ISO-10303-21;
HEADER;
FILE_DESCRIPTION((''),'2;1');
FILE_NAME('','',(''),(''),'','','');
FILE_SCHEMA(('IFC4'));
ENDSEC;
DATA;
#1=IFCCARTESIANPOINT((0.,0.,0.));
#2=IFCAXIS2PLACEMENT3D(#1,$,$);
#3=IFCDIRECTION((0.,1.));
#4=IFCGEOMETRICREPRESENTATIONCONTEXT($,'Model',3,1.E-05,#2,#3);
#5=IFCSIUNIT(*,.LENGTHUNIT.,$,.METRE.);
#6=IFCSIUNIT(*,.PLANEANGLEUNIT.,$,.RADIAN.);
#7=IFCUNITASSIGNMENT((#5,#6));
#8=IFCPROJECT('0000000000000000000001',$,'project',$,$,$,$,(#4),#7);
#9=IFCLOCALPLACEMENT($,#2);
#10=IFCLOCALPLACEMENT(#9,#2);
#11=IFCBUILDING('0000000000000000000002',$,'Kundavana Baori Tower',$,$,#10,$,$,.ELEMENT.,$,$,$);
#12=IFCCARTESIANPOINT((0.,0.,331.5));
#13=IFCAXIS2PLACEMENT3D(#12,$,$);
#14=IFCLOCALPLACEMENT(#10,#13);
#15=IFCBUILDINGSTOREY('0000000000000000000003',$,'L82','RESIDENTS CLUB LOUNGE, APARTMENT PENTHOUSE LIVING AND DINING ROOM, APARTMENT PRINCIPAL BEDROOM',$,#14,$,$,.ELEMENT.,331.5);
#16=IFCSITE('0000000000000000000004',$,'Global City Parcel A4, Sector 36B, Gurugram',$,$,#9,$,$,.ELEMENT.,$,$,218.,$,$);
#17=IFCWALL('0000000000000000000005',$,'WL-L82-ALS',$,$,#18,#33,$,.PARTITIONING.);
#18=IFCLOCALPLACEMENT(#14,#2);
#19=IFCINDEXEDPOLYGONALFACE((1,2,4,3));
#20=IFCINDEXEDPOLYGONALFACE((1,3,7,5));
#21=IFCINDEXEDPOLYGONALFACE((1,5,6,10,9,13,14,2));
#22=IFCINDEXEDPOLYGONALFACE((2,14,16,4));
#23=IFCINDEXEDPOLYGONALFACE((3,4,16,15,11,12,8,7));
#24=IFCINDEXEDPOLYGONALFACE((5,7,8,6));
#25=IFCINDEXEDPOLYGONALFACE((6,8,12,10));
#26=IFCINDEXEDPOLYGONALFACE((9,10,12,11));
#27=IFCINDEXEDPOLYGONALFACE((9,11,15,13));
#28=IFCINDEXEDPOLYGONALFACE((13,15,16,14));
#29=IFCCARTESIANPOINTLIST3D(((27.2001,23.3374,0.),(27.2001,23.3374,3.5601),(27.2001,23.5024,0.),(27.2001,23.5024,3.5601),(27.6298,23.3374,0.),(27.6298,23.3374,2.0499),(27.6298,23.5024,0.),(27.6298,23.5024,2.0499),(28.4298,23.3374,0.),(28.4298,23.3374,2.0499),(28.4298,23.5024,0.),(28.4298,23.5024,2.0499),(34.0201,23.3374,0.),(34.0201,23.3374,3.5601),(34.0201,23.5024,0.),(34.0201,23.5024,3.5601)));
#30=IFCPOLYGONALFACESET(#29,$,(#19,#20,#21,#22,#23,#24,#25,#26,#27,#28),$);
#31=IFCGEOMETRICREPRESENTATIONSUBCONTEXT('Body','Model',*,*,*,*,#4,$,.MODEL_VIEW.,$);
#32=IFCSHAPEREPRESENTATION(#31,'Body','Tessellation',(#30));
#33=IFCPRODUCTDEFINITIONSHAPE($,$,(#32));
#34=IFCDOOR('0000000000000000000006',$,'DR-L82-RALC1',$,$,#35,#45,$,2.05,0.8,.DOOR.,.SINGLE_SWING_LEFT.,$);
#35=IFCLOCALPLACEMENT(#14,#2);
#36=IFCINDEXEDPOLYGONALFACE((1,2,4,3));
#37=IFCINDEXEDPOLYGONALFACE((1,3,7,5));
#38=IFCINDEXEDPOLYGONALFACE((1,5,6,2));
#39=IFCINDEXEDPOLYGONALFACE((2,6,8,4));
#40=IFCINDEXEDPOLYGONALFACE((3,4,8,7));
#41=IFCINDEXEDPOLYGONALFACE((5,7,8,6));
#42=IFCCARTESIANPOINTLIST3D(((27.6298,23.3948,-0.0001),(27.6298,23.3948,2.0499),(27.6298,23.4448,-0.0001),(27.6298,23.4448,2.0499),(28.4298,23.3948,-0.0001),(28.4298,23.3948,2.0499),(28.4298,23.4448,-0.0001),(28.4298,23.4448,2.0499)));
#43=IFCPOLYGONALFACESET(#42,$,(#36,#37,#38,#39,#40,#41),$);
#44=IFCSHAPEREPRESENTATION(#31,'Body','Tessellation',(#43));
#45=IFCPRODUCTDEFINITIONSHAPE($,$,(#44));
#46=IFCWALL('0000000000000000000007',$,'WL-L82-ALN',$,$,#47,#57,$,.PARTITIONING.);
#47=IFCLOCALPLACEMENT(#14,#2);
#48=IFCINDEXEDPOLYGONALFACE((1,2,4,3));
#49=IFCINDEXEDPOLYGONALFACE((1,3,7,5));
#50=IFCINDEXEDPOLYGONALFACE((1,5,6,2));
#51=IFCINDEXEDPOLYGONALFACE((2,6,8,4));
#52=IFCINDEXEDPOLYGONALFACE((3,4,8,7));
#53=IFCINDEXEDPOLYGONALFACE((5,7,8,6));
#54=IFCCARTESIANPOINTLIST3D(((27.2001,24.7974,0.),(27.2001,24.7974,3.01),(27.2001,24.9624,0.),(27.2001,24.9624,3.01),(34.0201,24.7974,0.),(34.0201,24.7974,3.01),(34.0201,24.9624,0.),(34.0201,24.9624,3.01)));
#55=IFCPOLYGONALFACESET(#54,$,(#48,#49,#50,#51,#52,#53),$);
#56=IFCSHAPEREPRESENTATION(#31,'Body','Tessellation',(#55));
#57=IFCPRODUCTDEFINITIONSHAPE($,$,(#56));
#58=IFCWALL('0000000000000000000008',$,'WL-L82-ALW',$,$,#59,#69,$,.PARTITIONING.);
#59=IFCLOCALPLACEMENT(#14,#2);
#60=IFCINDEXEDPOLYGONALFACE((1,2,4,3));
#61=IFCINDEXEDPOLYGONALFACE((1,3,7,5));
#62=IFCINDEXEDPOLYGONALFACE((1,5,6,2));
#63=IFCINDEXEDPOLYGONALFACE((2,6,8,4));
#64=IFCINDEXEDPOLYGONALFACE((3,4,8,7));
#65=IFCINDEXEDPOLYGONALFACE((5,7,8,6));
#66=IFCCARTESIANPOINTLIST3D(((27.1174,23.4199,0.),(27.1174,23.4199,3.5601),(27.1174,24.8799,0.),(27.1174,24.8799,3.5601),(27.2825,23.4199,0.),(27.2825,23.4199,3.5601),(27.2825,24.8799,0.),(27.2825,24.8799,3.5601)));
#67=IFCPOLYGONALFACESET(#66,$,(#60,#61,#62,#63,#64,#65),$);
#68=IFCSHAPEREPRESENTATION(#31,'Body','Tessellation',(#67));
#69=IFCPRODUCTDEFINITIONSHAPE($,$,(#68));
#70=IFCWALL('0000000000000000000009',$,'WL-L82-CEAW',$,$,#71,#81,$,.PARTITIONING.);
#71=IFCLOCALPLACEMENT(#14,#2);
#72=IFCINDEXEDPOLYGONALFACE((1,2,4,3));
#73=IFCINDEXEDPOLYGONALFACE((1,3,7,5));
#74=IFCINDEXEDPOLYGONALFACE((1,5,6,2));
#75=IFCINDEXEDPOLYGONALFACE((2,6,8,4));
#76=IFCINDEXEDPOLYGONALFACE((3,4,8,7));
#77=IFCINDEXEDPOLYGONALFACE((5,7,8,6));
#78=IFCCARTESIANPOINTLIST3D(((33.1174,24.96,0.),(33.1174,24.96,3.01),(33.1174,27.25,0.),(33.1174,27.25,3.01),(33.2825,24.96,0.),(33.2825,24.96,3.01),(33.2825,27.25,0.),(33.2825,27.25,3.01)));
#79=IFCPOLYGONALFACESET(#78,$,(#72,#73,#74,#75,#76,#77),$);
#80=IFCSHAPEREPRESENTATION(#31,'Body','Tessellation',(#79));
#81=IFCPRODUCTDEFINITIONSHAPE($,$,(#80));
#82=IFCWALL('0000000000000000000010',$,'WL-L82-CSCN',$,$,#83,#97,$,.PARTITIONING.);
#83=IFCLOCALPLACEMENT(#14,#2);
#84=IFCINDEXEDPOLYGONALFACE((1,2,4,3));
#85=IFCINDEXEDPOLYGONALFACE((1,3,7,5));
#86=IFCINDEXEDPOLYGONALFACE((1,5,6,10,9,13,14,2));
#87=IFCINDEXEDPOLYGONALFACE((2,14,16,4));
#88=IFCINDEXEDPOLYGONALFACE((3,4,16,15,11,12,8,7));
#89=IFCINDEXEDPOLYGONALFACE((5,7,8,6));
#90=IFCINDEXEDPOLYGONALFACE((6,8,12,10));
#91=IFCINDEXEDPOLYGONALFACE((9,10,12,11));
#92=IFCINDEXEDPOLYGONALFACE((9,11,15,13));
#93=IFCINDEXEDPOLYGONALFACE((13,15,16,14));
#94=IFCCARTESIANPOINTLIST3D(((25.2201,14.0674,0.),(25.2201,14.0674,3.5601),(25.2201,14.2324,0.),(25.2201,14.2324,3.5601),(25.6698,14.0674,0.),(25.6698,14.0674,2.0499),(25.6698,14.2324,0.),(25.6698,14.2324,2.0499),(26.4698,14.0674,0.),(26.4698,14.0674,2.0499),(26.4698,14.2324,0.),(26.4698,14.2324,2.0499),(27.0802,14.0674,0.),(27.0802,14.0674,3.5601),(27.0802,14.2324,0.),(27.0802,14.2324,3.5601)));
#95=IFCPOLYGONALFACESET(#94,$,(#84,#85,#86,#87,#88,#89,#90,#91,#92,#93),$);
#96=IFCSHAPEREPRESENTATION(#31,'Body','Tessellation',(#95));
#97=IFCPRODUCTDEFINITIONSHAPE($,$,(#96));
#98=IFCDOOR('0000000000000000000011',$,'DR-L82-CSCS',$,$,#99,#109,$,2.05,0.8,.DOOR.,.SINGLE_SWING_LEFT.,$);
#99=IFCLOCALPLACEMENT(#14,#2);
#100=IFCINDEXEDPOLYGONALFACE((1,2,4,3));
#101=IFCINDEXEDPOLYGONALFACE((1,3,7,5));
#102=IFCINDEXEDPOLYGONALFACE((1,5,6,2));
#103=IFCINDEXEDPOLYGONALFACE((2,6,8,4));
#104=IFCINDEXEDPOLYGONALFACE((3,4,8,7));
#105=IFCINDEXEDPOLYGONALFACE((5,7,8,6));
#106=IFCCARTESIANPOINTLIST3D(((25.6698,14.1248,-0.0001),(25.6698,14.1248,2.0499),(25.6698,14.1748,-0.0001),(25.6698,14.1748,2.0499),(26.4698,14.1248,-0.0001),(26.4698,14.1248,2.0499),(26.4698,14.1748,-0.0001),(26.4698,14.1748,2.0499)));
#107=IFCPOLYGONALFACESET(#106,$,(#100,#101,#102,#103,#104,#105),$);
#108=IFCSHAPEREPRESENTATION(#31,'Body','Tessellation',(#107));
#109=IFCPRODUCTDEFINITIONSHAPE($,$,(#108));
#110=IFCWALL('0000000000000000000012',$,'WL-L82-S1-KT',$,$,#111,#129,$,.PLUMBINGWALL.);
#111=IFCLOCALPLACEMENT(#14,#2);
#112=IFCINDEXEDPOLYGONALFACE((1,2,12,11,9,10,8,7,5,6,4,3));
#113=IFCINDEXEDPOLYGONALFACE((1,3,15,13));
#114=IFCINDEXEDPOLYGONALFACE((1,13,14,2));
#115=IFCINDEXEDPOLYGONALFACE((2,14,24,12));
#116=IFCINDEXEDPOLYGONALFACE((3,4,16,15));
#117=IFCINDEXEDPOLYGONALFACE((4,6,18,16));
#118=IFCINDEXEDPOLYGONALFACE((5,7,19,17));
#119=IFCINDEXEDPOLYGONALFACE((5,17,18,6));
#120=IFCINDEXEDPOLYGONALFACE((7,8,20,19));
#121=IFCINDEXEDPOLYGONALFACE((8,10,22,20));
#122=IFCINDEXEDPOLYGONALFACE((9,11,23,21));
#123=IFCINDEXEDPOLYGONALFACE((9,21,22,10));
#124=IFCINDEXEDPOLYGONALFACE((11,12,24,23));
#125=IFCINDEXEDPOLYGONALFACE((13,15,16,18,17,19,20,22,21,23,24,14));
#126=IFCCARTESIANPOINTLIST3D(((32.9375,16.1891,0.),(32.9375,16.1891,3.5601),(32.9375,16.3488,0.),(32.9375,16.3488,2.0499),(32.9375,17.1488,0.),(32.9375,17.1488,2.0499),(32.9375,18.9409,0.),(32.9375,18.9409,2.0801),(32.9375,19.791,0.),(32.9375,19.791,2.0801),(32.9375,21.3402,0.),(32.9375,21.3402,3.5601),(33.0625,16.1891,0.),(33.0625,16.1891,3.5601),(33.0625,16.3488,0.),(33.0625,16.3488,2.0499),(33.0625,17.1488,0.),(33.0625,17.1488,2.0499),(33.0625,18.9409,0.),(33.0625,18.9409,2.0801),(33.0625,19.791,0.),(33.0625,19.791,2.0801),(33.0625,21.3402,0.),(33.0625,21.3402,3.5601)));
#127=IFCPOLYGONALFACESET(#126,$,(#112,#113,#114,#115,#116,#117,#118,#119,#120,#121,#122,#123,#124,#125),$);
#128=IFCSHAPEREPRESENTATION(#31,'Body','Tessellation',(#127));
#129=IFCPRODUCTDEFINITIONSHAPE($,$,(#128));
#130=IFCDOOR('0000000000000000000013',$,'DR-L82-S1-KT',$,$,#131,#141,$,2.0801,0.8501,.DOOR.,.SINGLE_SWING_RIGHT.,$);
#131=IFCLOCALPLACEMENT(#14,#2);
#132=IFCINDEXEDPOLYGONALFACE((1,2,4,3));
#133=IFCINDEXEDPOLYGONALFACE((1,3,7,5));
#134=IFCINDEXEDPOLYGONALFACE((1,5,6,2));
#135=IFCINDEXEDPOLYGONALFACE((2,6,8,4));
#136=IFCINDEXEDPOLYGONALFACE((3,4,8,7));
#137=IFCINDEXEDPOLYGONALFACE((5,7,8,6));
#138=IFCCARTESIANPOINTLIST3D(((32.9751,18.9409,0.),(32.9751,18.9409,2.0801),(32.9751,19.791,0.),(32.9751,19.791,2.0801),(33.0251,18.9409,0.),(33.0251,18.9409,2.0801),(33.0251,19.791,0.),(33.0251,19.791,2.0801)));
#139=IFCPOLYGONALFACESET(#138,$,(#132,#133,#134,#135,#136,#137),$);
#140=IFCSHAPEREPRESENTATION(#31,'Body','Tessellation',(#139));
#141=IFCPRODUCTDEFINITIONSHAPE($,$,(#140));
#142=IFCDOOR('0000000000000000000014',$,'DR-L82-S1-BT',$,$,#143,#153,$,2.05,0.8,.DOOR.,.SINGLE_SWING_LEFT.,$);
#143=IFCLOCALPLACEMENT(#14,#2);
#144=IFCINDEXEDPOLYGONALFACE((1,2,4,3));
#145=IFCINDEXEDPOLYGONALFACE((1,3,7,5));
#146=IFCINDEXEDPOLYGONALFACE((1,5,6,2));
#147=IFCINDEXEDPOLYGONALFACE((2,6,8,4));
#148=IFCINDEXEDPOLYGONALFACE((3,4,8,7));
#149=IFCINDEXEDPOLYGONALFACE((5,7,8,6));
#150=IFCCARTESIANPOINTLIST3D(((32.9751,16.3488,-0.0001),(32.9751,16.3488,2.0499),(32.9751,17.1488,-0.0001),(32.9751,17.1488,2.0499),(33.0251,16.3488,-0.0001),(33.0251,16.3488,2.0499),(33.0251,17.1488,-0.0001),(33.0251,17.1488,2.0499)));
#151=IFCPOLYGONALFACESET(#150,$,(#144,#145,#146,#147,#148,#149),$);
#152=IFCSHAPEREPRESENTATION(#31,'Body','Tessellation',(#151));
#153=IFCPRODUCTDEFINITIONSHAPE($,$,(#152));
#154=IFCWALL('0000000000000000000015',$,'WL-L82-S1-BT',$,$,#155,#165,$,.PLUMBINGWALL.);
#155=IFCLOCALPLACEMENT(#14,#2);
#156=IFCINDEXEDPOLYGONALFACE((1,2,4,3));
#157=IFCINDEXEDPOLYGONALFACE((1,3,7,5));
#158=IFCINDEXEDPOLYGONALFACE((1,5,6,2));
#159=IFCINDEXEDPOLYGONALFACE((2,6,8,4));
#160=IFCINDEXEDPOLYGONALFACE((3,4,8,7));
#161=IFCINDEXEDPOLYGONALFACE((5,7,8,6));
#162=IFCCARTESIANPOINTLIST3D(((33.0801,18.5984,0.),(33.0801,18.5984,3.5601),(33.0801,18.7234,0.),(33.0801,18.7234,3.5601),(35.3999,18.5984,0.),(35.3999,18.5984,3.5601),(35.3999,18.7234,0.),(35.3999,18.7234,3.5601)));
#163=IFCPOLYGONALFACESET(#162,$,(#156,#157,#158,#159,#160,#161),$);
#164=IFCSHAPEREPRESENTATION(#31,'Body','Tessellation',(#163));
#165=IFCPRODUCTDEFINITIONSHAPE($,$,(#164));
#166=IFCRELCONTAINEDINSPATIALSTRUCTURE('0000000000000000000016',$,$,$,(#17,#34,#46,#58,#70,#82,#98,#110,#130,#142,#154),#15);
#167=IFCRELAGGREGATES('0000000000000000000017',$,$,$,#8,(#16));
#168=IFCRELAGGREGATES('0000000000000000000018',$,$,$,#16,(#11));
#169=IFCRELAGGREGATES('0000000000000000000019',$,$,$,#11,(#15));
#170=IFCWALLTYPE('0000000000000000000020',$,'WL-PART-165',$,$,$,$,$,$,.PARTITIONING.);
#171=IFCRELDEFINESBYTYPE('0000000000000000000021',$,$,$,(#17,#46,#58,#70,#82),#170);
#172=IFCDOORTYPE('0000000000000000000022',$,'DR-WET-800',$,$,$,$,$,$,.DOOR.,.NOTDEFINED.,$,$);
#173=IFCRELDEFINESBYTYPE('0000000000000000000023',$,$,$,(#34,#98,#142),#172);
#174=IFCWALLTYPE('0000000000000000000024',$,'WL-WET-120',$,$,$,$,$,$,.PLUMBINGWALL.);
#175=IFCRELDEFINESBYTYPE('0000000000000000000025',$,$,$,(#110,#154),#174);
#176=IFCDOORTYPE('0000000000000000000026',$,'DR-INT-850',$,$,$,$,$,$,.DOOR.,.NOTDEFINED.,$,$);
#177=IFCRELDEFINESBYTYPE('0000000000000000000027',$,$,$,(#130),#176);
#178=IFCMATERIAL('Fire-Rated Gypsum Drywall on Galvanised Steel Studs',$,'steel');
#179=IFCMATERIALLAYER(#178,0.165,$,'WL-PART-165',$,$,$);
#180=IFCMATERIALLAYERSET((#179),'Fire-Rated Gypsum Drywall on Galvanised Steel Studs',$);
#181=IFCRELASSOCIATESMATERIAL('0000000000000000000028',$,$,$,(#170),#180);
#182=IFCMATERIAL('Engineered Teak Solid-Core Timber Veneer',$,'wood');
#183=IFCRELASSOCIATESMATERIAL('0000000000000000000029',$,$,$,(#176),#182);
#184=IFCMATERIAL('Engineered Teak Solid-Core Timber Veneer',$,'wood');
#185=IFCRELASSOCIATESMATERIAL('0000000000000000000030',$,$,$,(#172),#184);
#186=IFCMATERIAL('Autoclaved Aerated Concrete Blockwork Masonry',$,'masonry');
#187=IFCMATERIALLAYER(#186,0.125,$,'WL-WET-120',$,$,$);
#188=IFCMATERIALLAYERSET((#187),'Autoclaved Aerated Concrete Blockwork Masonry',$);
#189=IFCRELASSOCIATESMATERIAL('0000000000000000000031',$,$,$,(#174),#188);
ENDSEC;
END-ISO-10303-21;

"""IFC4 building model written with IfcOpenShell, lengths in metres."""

from ifc_helpers import new_model, si_unit, direction, frame, frame_2d, origin, place, context, subcontext, project, spatial, rectangle, extrude, material, layer, layer_set, type_object, element, fill, save


model = new_model("IFC4")

# Units and contexts
model_context = context("Model", 3, precision=1e-05, world=origin(), true_north=direction((0.0, 1.0)))
body_context = subcontext(model_context, "Body", "Model", "MODEL_VIEW")
ifc_project = project(units=[si_unit("LENGTHUNIT", "METRE"), si_unit("PLANEANGLEUNIT", "RADIAN")], contexts=[model_context])

# Site, building, storey
site_placement = place(None, origin())
site = spatial("IfcSite", under=ifc_project, at=site_placement, Name="Global City Parcel A4, Sector 36B, Gurugram", CompositionType="ELEMENT", RefElevation=218.0)
building_placement = place(site_placement, origin())
building = spatial("IfcBuilding", under=site, at=building_placement, Name="Kundavana Baori Tower", CompositionType="ELEMENT")
storey_placement = place(building_placement, frame((0.0, 0.0, 331.5)))
storey = spatial("IfcBuildingStorey", under=building, at=storey_placement, Name="L82", Description="RESIDENTS CLUB LOUNGE, APARTMENT PENTHOUSE LIVING AND DINING ROOM, APARTMENT PRINCIPAL BEDROOM", CompositionType="ELEMENT", Elevation=331.5)

# Shared definitions
ifc_material_1 = material(Name="Fire-Rated Gypsum Drywall on Galvanised Steel Studs", Category="steel")
ifc_layer_1 = layer(ifc_material_1, 0.165, Name="WL-PART-165")
ifc_layer_set_1 = layer_set([ifc_layer_1], Name="Fire-Rated Gypsum Drywall on Galvanised Steel Studs")
wall_type_1 = type_object("IfcWallType", Name="WL-PART-165", PredefinedType="PARTITIONING", material=ifc_layer_set_1)

# Shared definitions
ifc_material_2 = material(Name="Engineered Teak Solid-Core Timber Veneer", Category="wood")
door_type_1 = type_object("IfcDoorType", Name="DR-INT-850", OperationType="NOTDEFINED", PredefinedType="DOOR", material=ifc_material_2)

# Wall, opening, door
wall_1_placement = place(storey_placement, frame((27.2, 23.4199, 0.0), z_axis=(0.0, 0.0, 1.0), x_axis=(1.0, 0.0, 0.0)))
wall_1 = element("IfcWall", 1, at=wall_1_placement, inside=storey, type_object=wall_type_1, Name="WL-L82-ALS", PredefinedType="PARTITIONING", context=body_context, shape_type="SweptSolid", body=[
    extrude(rectangle(XDim=6.8201, YDim=0.165, at=frame_2d((3.4102, 0.0))), origin(), (0.0, 0.0, 1.0), 3.5601),
])
opening_1_placement = place(wall_1_placement, frame((0.4299, 0.0, 0.0)))
opening_1 = element("IfcOpeningElement", 2, at=opening_1_placement, cuts=wall_1, PredefinedType="OPENING", context=body_context, shape_type="SweptSolid", body=[
    extrude(rectangle(XDim=0.8, YDim=2.05, at=frame_2d((0.3999, 1.0249))), frame((0.0, 0.0925, 0.0), z_axis=(0.0, -1.0, 0.0), x_axis=(1.0, 0.0, 0.0)), (0.0, 0.0, 1.0), 0.1851),
])
ifc_material_3 = material(Name="Engineered Teak Solid-Core Timber Veneer", Category="wood")
door_type_2 = type_object("IfcDoorType", Name="DR-WET-800", OperationType="NOTDEFINED", PredefinedType="DOOR", material=ifc_material_3)
door_1_placement = place(opening_1_placement, origin())
door_1 = element("IfcDoor", 3, at=door_1_placement, inside=storey, type_object=door_type_2, Name="DR-L82-RALC1", OperationType="SINGLE_SWING_LEFT", OverallHeight=2.05, OverallWidth=0.8, PredefinedType="DOOR", context=body_context, shape_type="SweptSolid", body=[
    extrude(rectangle(XDim=0.8, YDim=2.05, at=frame_2d((0.3999, 1.0249))), frame((0.0, 0.0249, 0.0), z_axis=(0.0, -1.0, 0.0), x_axis=(1.0, 0.0, 0.0)), (0.0, 0.0, 1.0), 0.05),
])
fill(opening_1, door_1)

# Walls
wall_2_placement = place(storey_placement, frame((27.2, 24.8799, 0.0), z_axis=(0.0, 0.0, 1.0), x_axis=(1.0, 0.0, 0.0)))
element("IfcWall", 4, at=wall_2_placement, inside=storey, type_object=wall_type_1, Name="WL-L82-ALN", PredefinedType="PARTITIONING", context=body_context, shape_type="SweptSolid", body=[
    extrude(rectangle(XDim=6.8201, YDim=0.165, at=frame_2d((3.4102, 0.0))), origin(), (0.0, 0.0, 1.0), 3.01),
])
wall_3_placement = place(storey_placement, frame((27.2, 23.4199, 0.0), z_axis=(0.0, 0.0, 1.0), x_axis=(0.0, 1.0, 0.0)))
element("IfcWall", 5, at=wall_3_placement, inside=storey, type_object=wall_type_1, Name="WL-L82-ALW", PredefinedType="PARTITIONING", context=body_context, shape_type="SweptSolid", body=[
    extrude(rectangle(XDim=1.46, YDim=0.165, at=frame_2d((0.73, 0.0))), origin(), (0.0, 0.0, 1.0), 3.5601),
])
wall_4_placement = place(storey_placement, frame((33.2, 24.96, 0.0), z_axis=(0.0, 0.0, 1.0), x_axis=(0.0, 1.0, 0.0)))
element("IfcWall", 6, at=wall_4_placement, inside=storey, type_object=wall_type_1, Name="WL-L82-CEAW", PredefinedType="PARTITIONING", context=body_context, shape_type="SweptSolid", body=[
    extrude(rectangle(XDim=2.29, YDim=0.165, at=frame_2d((1.145, 0.0))), origin(), (0.0, 0.0, 1.0), 3.01),
])

# Wall, opening, door
wall_5_placement = place(storey_placement, frame((25.22, 14.1499, 0.0), z_axis=(0.0, 0.0, 1.0), x_axis=(1.0, 0.0, 0.0)))
wall_5 = element("IfcWall", 7, at=wall_5_placement, inside=storey, type_object=wall_type_1, Name="WL-L82-CSCN", PredefinedType="PARTITIONING", context=body_context, shape_type="SweptSolid", body=[
    extrude(rectangle(XDim=1.8601, YDim=0.165, at=frame_2d((0.9302, 0.0))), origin(), (0.0, 0.0, 1.0), 3.5601),
])
opening_2_placement = place(wall_5_placement, frame((0.45, 0.0, 0.0)))
opening_2 = element("IfcOpeningElement", 8, at=opening_2_placement, cuts=wall_5, PredefinedType="OPENING", context=body_context, shape_type="SweptSolid", body=[
    extrude(rectangle(XDim=0.8, YDim=2.05, at=frame_2d((0.3999, 1.0249))), frame((0.0, 0.0925, 0.0), z_axis=(0.0, -1.0, 0.0), x_axis=(1.0, 0.0, 0.0)), (0.0, 0.0, 1.0), 0.1851),
])
door_2_placement = place(opening_2_placement, origin())
door_2 = element("IfcDoor", 9, at=door_2_placement, inside=storey, type_object=door_type_2, Name="DR-L82-CSCS", OperationType="SINGLE_SWING_LEFT", OverallHeight=2.05, OverallWidth=0.8, PredefinedType="DOOR", context=body_context, shape_type="SweptSolid", body=[
    extrude(rectangle(XDim=0.8, YDim=2.05, at=frame_2d((0.3999, 1.0249))), frame((0.0, 0.0249, 0.0), z_axis=(0.0, -1.0, 0.0), x_axis=(1.0, 0.0, 0.0)), (0.0, 0.0, 1.0), 0.05),
])
fill(opening_2, door_2)

# Wall, openings, doors
ifc_material_4 = material(Name="Autoclaved Aerated Concrete Blockwork Masonry", Category="masonry")
ifc_layer_2 = layer(ifc_material_4, 0.125, Name="WL-WET-120")
ifc_layer_set_2 = layer_set([ifc_layer_2], Name="Autoclaved Aerated Concrete Blockwork Masonry")
wall_type_2 = type_object("IfcWallType", Name="WL-WET-120", PredefinedType="PLUMBINGWALL", material=ifc_layer_set_2)
wall_6_placement = place(storey_placement, frame((33.0, 16.189, 0.0), z_axis=(0.0, 0.0, 1.0), x_axis=(0.0, 1.0, 0.0)))
wall_6 = element("IfcWall", 10, at=wall_6_placement, inside=storey, type_object=wall_type_2, Name="WL-L82-S1-KT", PredefinedType="PLUMBINGWALL", context=body_context, shape_type="SweptSolid", body=[
    extrude(rectangle(XDim=5.1511, YDim=0.125, at=frame_2d((2.5757, 0.0))), origin(), (0.0, 0.0, 1.0), 3.5601),
])
opening_3_placement = place(wall_6_placement, frame((0.1599, 0.0, 0.0)))
opening_3 = element("IfcOpeningElement", 11, at=opening_3_placement, cuts=wall_6, PredefinedType="OPENING", context=body_context, shape_type="SweptSolid", body=[
    extrude(rectangle(XDim=0.8, YDim=2.05, at=frame_2d((0.3999, 1.0249))), frame((0.0, 0.0725, 0.0), z_axis=(0.0, -1.0, 0.0), x_axis=(1.0, 0.0, 0.0)), (0.0, 0.0, 1.0), 0.145),
])
opening_4_placement = place(wall_6_placement, frame((2.752, 0.0, 0.0)))
opening_4 = element("IfcOpeningElement", 12, at=opening_4_placement, cuts=wall_6, PredefinedType="OPENING", context=body_context, shape_type="SweptSolid", body=[
    extrude(rectangle(XDim=0.8501, YDim=2.0801, at=frame_2d((0.425, 1.04))), frame((0.0, 0.0725, 0.0), z_axis=(0.0, -1.0, 0.0), x_axis=(1.0, 0.0, 0.0)), (0.0, 0.0, 1.0), 0.145),
])
door_3_placement = place(opening_4_placement, origin())
door_3 = element("IfcDoor", 13, at=door_3_placement, inside=storey, type_object=door_type_1, Name="DR-L82-S1-KT", OperationType="SINGLE_SWING_RIGHT", OverallHeight=2.0801, OverallWidth=0.8501, PredefinedType="DOOR", context=body_context, shape_type="SweptSolid", body=[
    extrude(rectangle(XDim=0.8501, YDim=2.0801, at=frame_2d((0.425, 1.04))), frame((0.0, 0.0249, 0.0), z_axis=(0.0, -1.0, 0.0), x_axis=(1.0, 0.0, 0.0)), (0.0, 0.0, 1.0), 0.05),
])
fill(opening_4, door_3)
door_4_placement = place(opening_3_placement, origin())
door_4 = element("IfcDoor", 14, at=door_4_placement, inside=storey, type_object=door_type_2, Name="DR-L82-S1-BT", OperationType="SINGLE_SWING_LEFT", OverallHeight=2.05, OverallWidth=0.8, PredefinedType="DOOR", context=body_context, shape_type="SweptSolid", body=[
    extrude(rectangle(XDim=0.8, YDim=2.05, at=frame_2d((0.3999, 1.0249))), frame((0.0, 0.0249, 0.0), z_axis=(0.0, -1.0, 0.0), x_axis=(1.0, 0.0, 0.0)), (0.0, 0.0, 1.0), 0.05),
])
fill(opening_3, door_4)

# Wall
wall_7_placement = place(storey_placement, frame((33.0801, 18.6609, 0.0), z_axis=(0.0, 0.0, 1.0), x_axis=(1.0, 0.0, 0.0)))
element("IfcWall", 15, at=wall_7_placement, inside=storey, type_object=wall_type_2, Name="WL-L82-S1-BT", PredefinedType="PLUMBINGWALL", context=body_context, shape_type="SweptSolid", body=[
    extrude(rectangle(XDim=2.3198, YDim=0.125, at=frame_2d((1.1599, 0.0))), origin(), (0.0, 0.0, 1.0), 3.5601),
])

save(model, "model.ifc")
